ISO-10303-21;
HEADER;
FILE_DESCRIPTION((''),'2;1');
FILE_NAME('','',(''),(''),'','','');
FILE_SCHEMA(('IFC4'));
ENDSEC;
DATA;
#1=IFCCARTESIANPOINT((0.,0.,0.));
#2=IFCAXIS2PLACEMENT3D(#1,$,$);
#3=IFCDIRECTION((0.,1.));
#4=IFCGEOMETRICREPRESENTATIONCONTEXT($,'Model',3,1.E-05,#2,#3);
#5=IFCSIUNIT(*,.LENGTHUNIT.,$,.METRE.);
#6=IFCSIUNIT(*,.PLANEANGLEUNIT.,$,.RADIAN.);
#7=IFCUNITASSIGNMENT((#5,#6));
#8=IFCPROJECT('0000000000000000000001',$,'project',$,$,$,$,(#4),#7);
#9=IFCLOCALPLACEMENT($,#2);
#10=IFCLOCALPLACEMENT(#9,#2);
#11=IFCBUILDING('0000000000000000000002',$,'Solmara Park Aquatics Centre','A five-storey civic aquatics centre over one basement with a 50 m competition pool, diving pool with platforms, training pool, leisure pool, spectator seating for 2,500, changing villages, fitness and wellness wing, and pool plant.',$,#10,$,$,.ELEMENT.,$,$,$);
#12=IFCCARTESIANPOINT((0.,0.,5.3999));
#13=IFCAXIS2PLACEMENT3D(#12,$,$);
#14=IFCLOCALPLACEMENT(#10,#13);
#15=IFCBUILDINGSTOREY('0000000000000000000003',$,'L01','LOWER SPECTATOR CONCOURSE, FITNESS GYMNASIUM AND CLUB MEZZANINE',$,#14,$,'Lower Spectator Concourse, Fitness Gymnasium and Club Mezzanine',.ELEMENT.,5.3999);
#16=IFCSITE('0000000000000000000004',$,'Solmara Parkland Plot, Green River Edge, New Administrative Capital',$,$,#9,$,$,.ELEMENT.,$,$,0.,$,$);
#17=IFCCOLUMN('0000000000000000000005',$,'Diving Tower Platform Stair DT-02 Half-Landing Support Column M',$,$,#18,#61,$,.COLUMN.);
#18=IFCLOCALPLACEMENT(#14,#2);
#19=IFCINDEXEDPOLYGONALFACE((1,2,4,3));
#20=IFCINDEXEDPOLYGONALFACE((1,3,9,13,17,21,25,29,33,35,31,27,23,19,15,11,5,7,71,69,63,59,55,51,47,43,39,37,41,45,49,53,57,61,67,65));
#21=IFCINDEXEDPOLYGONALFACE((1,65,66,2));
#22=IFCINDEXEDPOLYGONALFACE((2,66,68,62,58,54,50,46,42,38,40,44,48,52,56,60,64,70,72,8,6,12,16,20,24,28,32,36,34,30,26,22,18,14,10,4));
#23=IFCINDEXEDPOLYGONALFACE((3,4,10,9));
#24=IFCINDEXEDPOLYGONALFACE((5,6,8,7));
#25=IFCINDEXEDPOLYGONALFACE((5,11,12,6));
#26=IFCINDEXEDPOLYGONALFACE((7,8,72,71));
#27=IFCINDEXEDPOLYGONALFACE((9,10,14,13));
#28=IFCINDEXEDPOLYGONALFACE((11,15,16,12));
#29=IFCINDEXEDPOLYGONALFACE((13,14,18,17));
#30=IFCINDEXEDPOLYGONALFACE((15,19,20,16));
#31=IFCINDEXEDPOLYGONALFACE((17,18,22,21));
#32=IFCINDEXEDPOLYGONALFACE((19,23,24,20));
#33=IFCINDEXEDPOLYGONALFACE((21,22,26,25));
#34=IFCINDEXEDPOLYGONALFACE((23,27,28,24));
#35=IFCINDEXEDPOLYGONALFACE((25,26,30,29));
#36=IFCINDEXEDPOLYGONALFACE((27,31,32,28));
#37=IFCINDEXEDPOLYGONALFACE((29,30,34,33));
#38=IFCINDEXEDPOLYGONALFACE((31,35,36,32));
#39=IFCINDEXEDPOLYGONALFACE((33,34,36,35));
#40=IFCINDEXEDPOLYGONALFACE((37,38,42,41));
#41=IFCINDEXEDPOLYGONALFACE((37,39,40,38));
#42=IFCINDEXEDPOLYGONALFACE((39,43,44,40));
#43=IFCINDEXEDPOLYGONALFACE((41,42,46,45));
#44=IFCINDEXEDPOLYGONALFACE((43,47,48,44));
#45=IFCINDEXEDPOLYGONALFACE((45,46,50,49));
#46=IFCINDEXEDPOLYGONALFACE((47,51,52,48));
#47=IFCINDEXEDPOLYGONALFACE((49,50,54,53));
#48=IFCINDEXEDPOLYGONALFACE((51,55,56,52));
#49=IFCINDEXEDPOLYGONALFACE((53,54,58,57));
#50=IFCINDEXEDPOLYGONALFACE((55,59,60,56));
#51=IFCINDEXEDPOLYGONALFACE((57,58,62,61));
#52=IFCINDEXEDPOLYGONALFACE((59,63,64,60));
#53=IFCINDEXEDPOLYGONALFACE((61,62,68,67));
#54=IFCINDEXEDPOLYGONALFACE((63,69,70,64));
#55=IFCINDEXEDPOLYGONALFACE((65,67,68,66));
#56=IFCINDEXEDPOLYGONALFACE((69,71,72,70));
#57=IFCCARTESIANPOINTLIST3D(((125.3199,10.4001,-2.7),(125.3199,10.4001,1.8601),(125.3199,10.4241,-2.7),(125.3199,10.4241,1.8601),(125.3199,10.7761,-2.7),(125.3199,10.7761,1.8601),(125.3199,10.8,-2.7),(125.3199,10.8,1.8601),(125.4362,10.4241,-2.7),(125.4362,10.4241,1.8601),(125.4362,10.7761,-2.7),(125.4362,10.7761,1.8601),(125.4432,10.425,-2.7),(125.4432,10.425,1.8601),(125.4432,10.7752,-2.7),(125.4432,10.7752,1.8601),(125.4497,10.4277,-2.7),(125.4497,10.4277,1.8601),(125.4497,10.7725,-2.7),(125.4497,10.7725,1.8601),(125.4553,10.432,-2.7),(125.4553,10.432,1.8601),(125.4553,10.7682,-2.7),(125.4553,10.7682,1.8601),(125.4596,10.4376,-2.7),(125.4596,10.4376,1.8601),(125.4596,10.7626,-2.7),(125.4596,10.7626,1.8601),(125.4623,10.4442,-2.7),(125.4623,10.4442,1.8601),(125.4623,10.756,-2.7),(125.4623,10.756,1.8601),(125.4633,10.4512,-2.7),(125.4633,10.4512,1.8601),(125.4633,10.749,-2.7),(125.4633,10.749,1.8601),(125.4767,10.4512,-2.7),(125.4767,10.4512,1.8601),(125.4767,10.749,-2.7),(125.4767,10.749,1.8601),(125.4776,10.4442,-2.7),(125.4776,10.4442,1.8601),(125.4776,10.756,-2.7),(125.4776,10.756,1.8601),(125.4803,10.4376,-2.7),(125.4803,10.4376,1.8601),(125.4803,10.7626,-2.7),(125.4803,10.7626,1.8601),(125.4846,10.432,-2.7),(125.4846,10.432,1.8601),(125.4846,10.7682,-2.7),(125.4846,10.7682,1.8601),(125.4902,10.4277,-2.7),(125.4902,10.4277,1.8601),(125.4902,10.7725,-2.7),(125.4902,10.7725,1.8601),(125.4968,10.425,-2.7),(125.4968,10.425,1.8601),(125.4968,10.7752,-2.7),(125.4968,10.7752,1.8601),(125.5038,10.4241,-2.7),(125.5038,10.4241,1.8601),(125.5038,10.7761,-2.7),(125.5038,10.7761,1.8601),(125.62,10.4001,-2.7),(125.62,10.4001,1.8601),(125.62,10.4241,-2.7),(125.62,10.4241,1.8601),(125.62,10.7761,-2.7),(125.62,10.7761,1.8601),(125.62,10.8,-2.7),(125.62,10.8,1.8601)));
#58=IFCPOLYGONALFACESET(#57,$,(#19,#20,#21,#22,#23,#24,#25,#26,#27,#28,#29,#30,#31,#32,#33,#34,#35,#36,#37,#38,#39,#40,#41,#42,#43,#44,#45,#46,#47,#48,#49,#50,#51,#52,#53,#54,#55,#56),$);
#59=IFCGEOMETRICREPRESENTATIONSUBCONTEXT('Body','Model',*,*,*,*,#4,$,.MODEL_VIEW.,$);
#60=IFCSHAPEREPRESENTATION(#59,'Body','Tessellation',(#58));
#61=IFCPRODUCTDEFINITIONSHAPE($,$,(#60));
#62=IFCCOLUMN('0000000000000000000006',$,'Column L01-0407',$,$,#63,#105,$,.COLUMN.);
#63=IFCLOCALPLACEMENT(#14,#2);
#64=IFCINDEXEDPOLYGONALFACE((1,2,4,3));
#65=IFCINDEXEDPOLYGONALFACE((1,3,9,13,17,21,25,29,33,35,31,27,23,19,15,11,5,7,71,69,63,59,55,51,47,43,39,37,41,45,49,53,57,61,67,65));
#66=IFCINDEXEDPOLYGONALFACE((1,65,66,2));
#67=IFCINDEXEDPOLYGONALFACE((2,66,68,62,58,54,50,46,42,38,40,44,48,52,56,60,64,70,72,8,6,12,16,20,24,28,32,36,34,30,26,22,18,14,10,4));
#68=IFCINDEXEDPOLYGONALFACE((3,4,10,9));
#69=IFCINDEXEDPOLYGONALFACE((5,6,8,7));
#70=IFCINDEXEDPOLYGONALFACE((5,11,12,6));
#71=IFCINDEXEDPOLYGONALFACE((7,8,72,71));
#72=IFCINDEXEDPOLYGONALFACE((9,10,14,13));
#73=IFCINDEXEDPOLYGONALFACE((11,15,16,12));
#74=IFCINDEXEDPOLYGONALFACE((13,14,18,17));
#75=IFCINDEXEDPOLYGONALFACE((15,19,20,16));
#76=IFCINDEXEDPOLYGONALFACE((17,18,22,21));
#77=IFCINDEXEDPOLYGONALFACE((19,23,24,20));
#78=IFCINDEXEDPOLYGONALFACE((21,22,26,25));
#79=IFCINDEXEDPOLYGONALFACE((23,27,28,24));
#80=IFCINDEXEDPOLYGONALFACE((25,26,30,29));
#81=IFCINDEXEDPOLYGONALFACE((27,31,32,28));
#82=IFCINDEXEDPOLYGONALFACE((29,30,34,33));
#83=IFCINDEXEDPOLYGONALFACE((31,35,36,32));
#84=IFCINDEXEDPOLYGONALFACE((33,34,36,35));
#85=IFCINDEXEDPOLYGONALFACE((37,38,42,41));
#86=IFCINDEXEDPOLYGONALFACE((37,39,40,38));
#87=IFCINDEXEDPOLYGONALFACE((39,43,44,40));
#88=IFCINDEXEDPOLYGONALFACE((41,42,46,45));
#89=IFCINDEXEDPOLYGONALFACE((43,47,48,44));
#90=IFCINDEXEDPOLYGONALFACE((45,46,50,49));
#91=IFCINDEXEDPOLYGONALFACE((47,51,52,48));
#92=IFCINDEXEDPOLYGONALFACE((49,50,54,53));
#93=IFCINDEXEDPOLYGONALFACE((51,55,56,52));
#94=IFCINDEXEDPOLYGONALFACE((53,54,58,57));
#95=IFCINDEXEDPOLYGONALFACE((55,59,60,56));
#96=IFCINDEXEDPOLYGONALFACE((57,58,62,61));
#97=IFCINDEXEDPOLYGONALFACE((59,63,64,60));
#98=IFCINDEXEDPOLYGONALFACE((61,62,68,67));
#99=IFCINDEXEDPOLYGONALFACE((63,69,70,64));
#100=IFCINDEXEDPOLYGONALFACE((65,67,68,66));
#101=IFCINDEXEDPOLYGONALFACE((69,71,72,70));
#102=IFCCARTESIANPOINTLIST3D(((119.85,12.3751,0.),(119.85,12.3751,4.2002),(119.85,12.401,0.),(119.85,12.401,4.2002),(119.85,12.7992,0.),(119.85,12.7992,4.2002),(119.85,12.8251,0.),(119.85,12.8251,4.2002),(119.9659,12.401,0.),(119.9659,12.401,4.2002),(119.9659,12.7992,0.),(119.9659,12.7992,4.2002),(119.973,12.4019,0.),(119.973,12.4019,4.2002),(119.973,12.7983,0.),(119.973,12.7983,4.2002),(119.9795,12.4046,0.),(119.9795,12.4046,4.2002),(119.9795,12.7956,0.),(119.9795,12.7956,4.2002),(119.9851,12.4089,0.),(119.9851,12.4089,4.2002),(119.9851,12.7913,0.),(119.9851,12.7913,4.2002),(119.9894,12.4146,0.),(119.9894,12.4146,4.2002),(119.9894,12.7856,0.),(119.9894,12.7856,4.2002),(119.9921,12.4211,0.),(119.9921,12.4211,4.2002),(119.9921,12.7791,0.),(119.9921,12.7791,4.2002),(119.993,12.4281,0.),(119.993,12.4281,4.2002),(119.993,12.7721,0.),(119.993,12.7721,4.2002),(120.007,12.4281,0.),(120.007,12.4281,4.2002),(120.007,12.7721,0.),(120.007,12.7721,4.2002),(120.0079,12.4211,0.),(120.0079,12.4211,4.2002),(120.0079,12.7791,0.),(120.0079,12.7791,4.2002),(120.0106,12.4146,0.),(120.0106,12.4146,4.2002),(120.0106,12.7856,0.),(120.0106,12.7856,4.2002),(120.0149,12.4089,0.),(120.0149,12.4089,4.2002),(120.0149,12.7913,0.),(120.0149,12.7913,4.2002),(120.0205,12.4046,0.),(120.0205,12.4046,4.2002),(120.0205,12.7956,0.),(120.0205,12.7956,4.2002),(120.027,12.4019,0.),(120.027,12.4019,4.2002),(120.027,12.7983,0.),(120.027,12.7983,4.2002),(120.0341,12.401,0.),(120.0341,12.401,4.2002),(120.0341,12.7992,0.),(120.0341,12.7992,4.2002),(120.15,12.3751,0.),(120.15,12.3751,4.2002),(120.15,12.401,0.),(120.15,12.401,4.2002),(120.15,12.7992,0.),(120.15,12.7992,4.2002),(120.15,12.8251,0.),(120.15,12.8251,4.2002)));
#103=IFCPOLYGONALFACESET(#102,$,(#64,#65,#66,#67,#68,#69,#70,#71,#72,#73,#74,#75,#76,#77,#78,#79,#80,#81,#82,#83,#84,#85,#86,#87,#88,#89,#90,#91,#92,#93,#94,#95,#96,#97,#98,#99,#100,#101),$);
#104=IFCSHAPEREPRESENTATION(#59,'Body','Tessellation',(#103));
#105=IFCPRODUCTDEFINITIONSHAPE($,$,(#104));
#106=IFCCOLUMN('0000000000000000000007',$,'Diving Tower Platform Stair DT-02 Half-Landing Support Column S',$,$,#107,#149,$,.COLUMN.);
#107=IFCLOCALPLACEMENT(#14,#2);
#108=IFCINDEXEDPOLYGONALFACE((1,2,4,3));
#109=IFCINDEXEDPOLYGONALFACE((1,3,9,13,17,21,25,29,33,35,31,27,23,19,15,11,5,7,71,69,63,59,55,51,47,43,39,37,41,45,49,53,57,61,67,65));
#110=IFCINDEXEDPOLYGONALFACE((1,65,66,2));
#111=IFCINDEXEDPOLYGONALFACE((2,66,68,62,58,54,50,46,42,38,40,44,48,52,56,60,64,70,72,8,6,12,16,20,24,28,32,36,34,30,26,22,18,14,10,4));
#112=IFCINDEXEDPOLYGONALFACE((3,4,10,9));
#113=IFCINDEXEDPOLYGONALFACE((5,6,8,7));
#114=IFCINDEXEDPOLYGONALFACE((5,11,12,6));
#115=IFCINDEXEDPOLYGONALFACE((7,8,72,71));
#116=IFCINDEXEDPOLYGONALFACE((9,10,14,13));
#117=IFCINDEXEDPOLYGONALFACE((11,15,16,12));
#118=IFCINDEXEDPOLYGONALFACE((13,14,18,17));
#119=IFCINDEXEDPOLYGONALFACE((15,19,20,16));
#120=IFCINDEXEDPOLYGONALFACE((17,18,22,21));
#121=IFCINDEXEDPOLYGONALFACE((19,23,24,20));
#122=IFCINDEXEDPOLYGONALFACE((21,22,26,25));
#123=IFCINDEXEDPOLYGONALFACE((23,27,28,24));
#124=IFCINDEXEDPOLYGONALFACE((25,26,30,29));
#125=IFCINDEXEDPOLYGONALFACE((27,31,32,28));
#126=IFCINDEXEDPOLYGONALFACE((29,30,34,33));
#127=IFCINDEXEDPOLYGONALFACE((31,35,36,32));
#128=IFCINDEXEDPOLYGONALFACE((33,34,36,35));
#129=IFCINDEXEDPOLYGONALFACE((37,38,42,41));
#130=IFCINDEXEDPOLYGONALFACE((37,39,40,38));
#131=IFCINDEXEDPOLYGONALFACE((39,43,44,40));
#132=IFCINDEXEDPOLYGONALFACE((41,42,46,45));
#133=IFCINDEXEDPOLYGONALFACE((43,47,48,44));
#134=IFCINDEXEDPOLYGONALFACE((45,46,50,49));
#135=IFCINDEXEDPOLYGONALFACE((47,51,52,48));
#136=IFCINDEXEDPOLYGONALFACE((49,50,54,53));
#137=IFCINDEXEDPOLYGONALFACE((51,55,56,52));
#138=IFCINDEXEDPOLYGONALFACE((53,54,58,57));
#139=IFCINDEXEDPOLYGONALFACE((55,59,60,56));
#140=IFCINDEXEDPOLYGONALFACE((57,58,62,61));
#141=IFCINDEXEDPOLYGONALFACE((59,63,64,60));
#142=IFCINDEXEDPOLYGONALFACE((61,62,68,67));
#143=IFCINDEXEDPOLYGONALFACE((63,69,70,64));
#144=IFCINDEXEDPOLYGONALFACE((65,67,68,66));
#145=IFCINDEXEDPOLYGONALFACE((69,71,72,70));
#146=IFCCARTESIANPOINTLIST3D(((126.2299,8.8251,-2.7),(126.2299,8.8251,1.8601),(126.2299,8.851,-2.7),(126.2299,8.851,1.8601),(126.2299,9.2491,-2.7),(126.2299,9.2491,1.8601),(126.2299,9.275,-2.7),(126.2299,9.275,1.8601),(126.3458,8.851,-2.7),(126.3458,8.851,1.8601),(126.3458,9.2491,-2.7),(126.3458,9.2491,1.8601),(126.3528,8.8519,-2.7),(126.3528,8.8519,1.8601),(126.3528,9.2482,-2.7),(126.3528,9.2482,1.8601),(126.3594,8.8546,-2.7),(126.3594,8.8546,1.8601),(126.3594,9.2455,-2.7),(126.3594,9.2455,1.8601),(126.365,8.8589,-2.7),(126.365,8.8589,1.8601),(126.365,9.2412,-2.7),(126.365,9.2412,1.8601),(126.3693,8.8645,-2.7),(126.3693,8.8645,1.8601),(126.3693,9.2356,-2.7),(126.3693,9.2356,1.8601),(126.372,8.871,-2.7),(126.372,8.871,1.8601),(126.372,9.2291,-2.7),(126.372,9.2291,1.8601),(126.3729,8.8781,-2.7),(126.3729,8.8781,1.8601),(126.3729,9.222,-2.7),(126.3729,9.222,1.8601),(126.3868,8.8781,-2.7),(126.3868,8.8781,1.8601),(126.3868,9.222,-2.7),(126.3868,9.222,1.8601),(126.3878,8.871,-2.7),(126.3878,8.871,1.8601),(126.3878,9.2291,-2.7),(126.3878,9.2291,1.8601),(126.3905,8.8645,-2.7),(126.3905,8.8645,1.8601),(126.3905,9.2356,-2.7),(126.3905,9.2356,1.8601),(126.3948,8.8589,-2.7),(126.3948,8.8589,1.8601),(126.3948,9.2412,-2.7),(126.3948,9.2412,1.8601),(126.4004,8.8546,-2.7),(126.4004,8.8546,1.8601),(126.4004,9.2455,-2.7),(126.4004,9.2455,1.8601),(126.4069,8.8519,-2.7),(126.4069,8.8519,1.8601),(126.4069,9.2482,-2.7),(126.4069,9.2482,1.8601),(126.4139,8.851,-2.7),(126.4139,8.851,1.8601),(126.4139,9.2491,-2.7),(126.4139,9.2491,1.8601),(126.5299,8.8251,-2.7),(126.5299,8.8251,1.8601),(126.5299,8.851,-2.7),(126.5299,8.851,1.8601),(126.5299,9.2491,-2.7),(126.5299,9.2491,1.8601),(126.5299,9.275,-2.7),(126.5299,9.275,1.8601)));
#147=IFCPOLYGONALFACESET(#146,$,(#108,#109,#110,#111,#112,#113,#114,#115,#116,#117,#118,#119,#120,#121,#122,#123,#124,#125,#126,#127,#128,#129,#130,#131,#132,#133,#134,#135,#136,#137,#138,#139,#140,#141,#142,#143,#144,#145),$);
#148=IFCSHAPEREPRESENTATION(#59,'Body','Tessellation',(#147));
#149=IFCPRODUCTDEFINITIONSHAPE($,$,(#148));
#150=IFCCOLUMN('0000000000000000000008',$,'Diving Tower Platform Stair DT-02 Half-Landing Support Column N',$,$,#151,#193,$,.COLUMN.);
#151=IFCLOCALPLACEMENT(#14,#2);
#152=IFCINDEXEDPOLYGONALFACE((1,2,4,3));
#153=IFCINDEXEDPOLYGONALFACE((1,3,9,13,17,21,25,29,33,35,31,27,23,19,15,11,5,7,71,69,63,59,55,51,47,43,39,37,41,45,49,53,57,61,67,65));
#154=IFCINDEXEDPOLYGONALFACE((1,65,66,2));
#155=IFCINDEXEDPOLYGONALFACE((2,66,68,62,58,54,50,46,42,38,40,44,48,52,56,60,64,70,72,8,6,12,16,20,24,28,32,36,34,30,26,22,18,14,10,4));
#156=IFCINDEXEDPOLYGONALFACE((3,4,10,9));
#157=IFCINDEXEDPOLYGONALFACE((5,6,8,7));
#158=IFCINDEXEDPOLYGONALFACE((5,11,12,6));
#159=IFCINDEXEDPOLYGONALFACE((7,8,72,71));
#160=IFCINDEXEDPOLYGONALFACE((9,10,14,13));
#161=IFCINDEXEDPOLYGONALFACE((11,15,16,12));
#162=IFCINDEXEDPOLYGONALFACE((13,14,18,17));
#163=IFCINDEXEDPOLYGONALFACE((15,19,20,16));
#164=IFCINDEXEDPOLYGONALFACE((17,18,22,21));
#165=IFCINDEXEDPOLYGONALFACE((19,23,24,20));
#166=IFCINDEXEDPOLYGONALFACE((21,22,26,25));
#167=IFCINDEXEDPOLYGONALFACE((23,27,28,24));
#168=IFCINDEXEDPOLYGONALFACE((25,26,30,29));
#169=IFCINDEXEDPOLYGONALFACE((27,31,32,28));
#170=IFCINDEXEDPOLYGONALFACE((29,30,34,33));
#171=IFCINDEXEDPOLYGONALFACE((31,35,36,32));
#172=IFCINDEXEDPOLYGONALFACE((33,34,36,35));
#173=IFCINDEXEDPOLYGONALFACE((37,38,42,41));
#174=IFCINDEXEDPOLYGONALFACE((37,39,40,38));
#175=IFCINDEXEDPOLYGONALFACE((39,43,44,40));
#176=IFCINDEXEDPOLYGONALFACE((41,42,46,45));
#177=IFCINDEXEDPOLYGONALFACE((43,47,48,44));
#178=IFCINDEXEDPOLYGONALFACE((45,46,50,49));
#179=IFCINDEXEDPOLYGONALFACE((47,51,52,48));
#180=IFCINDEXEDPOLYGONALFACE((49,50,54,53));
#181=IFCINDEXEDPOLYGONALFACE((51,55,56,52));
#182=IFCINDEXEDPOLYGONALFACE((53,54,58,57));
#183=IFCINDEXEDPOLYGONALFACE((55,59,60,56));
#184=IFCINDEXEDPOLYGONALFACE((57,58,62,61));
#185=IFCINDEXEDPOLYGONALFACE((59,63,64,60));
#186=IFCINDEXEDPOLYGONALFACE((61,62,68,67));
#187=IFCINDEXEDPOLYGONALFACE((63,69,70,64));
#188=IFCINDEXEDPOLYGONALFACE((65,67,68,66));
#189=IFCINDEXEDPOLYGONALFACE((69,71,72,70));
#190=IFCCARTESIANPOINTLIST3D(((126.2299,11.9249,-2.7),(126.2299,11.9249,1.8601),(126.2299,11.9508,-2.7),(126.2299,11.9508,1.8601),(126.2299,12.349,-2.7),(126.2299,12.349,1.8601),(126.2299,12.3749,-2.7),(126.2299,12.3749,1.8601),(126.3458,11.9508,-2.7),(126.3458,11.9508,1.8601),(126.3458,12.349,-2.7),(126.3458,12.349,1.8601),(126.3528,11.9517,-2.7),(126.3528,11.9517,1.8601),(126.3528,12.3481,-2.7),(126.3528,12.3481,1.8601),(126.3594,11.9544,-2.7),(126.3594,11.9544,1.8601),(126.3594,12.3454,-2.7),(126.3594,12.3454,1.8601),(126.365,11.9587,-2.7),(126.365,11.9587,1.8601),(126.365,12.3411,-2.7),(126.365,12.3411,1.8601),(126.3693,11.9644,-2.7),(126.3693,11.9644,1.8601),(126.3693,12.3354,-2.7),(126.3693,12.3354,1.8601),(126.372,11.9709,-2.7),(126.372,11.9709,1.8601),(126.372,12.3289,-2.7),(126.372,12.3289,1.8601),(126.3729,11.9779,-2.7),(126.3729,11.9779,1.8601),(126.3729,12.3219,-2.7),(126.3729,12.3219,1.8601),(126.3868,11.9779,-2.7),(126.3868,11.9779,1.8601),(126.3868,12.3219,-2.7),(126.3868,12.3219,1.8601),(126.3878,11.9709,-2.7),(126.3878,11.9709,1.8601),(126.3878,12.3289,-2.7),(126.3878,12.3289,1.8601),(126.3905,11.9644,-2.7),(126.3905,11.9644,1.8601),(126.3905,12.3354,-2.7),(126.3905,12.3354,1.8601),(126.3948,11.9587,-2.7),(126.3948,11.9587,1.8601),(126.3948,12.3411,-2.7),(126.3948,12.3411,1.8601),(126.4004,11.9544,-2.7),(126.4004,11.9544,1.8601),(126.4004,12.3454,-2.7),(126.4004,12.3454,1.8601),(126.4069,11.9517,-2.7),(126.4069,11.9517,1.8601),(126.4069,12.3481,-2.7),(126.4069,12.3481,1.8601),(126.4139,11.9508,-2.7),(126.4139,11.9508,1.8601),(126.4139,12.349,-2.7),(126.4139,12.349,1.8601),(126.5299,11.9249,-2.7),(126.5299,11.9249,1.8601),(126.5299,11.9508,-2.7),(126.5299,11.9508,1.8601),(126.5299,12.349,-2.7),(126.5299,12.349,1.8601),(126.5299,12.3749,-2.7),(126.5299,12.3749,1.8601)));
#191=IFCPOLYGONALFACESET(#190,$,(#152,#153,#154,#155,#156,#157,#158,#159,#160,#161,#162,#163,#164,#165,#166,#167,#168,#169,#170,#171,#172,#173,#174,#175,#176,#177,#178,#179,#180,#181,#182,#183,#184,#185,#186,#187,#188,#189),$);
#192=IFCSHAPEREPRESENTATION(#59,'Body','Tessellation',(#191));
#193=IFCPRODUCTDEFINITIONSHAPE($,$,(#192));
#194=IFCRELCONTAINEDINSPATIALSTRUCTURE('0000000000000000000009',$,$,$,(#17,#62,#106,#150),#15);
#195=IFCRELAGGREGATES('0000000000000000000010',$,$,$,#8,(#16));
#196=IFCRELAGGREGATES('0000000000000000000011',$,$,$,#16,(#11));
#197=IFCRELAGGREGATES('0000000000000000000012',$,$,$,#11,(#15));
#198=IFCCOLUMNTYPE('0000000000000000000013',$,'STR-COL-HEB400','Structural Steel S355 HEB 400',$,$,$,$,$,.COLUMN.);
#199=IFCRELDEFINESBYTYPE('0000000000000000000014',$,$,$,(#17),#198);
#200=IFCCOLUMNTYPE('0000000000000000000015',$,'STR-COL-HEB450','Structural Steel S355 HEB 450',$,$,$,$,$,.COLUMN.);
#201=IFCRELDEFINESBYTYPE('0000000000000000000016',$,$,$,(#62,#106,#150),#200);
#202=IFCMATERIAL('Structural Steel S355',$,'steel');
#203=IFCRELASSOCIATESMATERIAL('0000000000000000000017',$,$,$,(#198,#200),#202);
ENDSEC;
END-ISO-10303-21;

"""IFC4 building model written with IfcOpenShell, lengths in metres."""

from ifc_helpers import new_model, si_unit, direction, frame, origin, origin_2d, place, context, subcontext, project, spatial, i_section, extrude, material, material_profile, profile_set, type_object, element, save


model = new_model("IFC4")

# Units and contexts
model_context = context("Model", 3, precision=1e-05, world=origin(), true_north=direction((0.0, 1.0)))
body_context = subcontext(model_context, "Body", "Model", "MODEL_VIEW")
ifc_project = project(units=[si_unit("LENGTHUNIT", "METRE"), si_unit("PLANEANGLEUNIT", "RADIAN")], contexts=[model_context])

# Site, building, storey
site_placement = place(None, origin())
site = spatial("IfcSite", under=ifc_project, at=site_placement, Name="Solmara Parkland Plot, Green River Edge, New Administrative Capital", CompositionType="ELEMENT", RefElevation=0.0)
building_placement = place(site_placement, origin())
building = spatial("IfcBuilding", under=site, at=building_placement, Name="Solmara Park Aquatics Centre", Description="A five-storey civic aquatics centre over one basement with a 50 m competition pool, diving pool with platforms, training pool, leisure pool, spectator seating for 2,500, changing villages, fitness and wellness wing, and pool plant.", CompositionType="ELEMENT")
storey_placement = place(building_placement, frame((0.0, 0.0, 5.3999)))
storey = spatial("IfcBuildingStorey", under=building, at=storey_placement, Name="L01", Description="LOWER SPECTATOR CONCOURSE, FITNESS GYMNASIUM AND CLUB MEZZANINE", LongName="Lower Spectator Concourse, Fitness Gymnasium and Club Mezzanine", CompositionType="ELEMENT", Elevation=5.3999)

# Columns
ifc_material_1 = material(Name="Structural Steel S355", Category="steel")
ifc_material_profile_1 = material_profile(ifc_material_1, i_section(OverallWidth=0.3, OverallDepth=0.3999, WebThickness=0.0134, FlangeThickness=0.0239, FilletRadius=0.0271, at=origin_2d()), Name="HEB 400")
ifc_profile_set_1 = profile_set([ifc_material_profile_1], Name="Structural Steel S355")
column_type_1 = type_object("IfcColumnType", Name="STR-COL-HEB400", Description="Structural Steel S355 HEB 400", PredefinedType="COLUMN", material=ifc_profile_set_1)
column_1_placement = place(storey_placement, frame((125.47, 10.6001, -2.7), z_axis=(0.0, 0.0, 1.0), x_axis=(1.0, 0.0, 0.0)))
element("IfcColumn", 1, at=column_1_placement, inside=storey, type_object=column_type_1, Name="Diving Tower Platform Stair DT-02 Half-Landing Support Column M", PredefinedType="COLUMN", context=body_context, shape_type="SweptSolid", body=[
    extrude(i_section(OverallWidth=0.3, OverallDepth=0.3999, WebThickness=0.0134, FlangeThickness=0.0239, FilletRadius=0.0271, at=origin_2d()), origin(), (0.0, 0.0, 1.0), 4.5601),
])
ifc_material_profile_2 = material_profile(ifc_material_1, i_section(OverallWidth=0.3, OverallDepth=0.45, WebThickness=0.0139, FlangeThickness=0.0259, FilletRadius=0.0271, at=origin_2d()), Name="HEB 450")
ifc_profile_set_2 = profile_set([ifc_material_profile_2], Name="Structural Steel S355")
column_type_2 = type_object("IfcColumnType", Name="STR-COL-HEB450", Description="Structural Steel S355 HEB 450", PredefinedType="COLUMN", material=ifc_profile_set_2)
column_2_placement = place(storey_placement, frame((120.0, 12.6001, 0.0), z_axis=(0.0, 0.0, 1.0), x_axis=(1.0, 0.0, 0.0)))
element("IfcColumn", 2, at=column_2_placement, inside=storey, type_object=column_type_2, Name="Column L01-0407", PredefinedType="COLUMN", context=body_context, shape_type="SweptSolid", body=[
    extrude(i_section(OverallWidth=0.3, OverallDepth=0.45, WebThickness=0.0139, FlangeThickness=0.0259, FilletRadius=0.0271, at=origin_2d()), origin(), (0.0, 0.0, 1.0), 4.2002),
])
for number, where, z_axis, x_axis, name in (
    (3, (126.3799, 9.05, -2.7), (0.0, 0.0, 1.0), (1.0, 0.0, 0.0), "Diving Tower Platform Stair DT-02 Half-Landing Support Column S"),
    (4, (126.3799, 12.1499, -2.7), (0.0, 0.0, 1.0), (1.0, 0.0, 0.0), "Diving Tower Platform Stair DT-02 Half-Landing Support Column N"),
):
    element("IfcColumn", number, at=place(storey_placement, frame(where, z_axis=z_axis, x_axis=x_axis)), inside=storey, type_object=column_type_2, Name=name, PredefinedType="COLUMN", context=body_context, shape_type="SweptSolid", body=[
        extrude(i_section(OverallWidth=0.3, OverallDepth=0.45, WebThickness=0.0139, FlangeThickness=0.0259, FilletRadius=0.0271, at=origin_2d()), origin(), (0.0, 0.0, 1.0), 4.5601),
    ])

save(model, "model.ifc")
